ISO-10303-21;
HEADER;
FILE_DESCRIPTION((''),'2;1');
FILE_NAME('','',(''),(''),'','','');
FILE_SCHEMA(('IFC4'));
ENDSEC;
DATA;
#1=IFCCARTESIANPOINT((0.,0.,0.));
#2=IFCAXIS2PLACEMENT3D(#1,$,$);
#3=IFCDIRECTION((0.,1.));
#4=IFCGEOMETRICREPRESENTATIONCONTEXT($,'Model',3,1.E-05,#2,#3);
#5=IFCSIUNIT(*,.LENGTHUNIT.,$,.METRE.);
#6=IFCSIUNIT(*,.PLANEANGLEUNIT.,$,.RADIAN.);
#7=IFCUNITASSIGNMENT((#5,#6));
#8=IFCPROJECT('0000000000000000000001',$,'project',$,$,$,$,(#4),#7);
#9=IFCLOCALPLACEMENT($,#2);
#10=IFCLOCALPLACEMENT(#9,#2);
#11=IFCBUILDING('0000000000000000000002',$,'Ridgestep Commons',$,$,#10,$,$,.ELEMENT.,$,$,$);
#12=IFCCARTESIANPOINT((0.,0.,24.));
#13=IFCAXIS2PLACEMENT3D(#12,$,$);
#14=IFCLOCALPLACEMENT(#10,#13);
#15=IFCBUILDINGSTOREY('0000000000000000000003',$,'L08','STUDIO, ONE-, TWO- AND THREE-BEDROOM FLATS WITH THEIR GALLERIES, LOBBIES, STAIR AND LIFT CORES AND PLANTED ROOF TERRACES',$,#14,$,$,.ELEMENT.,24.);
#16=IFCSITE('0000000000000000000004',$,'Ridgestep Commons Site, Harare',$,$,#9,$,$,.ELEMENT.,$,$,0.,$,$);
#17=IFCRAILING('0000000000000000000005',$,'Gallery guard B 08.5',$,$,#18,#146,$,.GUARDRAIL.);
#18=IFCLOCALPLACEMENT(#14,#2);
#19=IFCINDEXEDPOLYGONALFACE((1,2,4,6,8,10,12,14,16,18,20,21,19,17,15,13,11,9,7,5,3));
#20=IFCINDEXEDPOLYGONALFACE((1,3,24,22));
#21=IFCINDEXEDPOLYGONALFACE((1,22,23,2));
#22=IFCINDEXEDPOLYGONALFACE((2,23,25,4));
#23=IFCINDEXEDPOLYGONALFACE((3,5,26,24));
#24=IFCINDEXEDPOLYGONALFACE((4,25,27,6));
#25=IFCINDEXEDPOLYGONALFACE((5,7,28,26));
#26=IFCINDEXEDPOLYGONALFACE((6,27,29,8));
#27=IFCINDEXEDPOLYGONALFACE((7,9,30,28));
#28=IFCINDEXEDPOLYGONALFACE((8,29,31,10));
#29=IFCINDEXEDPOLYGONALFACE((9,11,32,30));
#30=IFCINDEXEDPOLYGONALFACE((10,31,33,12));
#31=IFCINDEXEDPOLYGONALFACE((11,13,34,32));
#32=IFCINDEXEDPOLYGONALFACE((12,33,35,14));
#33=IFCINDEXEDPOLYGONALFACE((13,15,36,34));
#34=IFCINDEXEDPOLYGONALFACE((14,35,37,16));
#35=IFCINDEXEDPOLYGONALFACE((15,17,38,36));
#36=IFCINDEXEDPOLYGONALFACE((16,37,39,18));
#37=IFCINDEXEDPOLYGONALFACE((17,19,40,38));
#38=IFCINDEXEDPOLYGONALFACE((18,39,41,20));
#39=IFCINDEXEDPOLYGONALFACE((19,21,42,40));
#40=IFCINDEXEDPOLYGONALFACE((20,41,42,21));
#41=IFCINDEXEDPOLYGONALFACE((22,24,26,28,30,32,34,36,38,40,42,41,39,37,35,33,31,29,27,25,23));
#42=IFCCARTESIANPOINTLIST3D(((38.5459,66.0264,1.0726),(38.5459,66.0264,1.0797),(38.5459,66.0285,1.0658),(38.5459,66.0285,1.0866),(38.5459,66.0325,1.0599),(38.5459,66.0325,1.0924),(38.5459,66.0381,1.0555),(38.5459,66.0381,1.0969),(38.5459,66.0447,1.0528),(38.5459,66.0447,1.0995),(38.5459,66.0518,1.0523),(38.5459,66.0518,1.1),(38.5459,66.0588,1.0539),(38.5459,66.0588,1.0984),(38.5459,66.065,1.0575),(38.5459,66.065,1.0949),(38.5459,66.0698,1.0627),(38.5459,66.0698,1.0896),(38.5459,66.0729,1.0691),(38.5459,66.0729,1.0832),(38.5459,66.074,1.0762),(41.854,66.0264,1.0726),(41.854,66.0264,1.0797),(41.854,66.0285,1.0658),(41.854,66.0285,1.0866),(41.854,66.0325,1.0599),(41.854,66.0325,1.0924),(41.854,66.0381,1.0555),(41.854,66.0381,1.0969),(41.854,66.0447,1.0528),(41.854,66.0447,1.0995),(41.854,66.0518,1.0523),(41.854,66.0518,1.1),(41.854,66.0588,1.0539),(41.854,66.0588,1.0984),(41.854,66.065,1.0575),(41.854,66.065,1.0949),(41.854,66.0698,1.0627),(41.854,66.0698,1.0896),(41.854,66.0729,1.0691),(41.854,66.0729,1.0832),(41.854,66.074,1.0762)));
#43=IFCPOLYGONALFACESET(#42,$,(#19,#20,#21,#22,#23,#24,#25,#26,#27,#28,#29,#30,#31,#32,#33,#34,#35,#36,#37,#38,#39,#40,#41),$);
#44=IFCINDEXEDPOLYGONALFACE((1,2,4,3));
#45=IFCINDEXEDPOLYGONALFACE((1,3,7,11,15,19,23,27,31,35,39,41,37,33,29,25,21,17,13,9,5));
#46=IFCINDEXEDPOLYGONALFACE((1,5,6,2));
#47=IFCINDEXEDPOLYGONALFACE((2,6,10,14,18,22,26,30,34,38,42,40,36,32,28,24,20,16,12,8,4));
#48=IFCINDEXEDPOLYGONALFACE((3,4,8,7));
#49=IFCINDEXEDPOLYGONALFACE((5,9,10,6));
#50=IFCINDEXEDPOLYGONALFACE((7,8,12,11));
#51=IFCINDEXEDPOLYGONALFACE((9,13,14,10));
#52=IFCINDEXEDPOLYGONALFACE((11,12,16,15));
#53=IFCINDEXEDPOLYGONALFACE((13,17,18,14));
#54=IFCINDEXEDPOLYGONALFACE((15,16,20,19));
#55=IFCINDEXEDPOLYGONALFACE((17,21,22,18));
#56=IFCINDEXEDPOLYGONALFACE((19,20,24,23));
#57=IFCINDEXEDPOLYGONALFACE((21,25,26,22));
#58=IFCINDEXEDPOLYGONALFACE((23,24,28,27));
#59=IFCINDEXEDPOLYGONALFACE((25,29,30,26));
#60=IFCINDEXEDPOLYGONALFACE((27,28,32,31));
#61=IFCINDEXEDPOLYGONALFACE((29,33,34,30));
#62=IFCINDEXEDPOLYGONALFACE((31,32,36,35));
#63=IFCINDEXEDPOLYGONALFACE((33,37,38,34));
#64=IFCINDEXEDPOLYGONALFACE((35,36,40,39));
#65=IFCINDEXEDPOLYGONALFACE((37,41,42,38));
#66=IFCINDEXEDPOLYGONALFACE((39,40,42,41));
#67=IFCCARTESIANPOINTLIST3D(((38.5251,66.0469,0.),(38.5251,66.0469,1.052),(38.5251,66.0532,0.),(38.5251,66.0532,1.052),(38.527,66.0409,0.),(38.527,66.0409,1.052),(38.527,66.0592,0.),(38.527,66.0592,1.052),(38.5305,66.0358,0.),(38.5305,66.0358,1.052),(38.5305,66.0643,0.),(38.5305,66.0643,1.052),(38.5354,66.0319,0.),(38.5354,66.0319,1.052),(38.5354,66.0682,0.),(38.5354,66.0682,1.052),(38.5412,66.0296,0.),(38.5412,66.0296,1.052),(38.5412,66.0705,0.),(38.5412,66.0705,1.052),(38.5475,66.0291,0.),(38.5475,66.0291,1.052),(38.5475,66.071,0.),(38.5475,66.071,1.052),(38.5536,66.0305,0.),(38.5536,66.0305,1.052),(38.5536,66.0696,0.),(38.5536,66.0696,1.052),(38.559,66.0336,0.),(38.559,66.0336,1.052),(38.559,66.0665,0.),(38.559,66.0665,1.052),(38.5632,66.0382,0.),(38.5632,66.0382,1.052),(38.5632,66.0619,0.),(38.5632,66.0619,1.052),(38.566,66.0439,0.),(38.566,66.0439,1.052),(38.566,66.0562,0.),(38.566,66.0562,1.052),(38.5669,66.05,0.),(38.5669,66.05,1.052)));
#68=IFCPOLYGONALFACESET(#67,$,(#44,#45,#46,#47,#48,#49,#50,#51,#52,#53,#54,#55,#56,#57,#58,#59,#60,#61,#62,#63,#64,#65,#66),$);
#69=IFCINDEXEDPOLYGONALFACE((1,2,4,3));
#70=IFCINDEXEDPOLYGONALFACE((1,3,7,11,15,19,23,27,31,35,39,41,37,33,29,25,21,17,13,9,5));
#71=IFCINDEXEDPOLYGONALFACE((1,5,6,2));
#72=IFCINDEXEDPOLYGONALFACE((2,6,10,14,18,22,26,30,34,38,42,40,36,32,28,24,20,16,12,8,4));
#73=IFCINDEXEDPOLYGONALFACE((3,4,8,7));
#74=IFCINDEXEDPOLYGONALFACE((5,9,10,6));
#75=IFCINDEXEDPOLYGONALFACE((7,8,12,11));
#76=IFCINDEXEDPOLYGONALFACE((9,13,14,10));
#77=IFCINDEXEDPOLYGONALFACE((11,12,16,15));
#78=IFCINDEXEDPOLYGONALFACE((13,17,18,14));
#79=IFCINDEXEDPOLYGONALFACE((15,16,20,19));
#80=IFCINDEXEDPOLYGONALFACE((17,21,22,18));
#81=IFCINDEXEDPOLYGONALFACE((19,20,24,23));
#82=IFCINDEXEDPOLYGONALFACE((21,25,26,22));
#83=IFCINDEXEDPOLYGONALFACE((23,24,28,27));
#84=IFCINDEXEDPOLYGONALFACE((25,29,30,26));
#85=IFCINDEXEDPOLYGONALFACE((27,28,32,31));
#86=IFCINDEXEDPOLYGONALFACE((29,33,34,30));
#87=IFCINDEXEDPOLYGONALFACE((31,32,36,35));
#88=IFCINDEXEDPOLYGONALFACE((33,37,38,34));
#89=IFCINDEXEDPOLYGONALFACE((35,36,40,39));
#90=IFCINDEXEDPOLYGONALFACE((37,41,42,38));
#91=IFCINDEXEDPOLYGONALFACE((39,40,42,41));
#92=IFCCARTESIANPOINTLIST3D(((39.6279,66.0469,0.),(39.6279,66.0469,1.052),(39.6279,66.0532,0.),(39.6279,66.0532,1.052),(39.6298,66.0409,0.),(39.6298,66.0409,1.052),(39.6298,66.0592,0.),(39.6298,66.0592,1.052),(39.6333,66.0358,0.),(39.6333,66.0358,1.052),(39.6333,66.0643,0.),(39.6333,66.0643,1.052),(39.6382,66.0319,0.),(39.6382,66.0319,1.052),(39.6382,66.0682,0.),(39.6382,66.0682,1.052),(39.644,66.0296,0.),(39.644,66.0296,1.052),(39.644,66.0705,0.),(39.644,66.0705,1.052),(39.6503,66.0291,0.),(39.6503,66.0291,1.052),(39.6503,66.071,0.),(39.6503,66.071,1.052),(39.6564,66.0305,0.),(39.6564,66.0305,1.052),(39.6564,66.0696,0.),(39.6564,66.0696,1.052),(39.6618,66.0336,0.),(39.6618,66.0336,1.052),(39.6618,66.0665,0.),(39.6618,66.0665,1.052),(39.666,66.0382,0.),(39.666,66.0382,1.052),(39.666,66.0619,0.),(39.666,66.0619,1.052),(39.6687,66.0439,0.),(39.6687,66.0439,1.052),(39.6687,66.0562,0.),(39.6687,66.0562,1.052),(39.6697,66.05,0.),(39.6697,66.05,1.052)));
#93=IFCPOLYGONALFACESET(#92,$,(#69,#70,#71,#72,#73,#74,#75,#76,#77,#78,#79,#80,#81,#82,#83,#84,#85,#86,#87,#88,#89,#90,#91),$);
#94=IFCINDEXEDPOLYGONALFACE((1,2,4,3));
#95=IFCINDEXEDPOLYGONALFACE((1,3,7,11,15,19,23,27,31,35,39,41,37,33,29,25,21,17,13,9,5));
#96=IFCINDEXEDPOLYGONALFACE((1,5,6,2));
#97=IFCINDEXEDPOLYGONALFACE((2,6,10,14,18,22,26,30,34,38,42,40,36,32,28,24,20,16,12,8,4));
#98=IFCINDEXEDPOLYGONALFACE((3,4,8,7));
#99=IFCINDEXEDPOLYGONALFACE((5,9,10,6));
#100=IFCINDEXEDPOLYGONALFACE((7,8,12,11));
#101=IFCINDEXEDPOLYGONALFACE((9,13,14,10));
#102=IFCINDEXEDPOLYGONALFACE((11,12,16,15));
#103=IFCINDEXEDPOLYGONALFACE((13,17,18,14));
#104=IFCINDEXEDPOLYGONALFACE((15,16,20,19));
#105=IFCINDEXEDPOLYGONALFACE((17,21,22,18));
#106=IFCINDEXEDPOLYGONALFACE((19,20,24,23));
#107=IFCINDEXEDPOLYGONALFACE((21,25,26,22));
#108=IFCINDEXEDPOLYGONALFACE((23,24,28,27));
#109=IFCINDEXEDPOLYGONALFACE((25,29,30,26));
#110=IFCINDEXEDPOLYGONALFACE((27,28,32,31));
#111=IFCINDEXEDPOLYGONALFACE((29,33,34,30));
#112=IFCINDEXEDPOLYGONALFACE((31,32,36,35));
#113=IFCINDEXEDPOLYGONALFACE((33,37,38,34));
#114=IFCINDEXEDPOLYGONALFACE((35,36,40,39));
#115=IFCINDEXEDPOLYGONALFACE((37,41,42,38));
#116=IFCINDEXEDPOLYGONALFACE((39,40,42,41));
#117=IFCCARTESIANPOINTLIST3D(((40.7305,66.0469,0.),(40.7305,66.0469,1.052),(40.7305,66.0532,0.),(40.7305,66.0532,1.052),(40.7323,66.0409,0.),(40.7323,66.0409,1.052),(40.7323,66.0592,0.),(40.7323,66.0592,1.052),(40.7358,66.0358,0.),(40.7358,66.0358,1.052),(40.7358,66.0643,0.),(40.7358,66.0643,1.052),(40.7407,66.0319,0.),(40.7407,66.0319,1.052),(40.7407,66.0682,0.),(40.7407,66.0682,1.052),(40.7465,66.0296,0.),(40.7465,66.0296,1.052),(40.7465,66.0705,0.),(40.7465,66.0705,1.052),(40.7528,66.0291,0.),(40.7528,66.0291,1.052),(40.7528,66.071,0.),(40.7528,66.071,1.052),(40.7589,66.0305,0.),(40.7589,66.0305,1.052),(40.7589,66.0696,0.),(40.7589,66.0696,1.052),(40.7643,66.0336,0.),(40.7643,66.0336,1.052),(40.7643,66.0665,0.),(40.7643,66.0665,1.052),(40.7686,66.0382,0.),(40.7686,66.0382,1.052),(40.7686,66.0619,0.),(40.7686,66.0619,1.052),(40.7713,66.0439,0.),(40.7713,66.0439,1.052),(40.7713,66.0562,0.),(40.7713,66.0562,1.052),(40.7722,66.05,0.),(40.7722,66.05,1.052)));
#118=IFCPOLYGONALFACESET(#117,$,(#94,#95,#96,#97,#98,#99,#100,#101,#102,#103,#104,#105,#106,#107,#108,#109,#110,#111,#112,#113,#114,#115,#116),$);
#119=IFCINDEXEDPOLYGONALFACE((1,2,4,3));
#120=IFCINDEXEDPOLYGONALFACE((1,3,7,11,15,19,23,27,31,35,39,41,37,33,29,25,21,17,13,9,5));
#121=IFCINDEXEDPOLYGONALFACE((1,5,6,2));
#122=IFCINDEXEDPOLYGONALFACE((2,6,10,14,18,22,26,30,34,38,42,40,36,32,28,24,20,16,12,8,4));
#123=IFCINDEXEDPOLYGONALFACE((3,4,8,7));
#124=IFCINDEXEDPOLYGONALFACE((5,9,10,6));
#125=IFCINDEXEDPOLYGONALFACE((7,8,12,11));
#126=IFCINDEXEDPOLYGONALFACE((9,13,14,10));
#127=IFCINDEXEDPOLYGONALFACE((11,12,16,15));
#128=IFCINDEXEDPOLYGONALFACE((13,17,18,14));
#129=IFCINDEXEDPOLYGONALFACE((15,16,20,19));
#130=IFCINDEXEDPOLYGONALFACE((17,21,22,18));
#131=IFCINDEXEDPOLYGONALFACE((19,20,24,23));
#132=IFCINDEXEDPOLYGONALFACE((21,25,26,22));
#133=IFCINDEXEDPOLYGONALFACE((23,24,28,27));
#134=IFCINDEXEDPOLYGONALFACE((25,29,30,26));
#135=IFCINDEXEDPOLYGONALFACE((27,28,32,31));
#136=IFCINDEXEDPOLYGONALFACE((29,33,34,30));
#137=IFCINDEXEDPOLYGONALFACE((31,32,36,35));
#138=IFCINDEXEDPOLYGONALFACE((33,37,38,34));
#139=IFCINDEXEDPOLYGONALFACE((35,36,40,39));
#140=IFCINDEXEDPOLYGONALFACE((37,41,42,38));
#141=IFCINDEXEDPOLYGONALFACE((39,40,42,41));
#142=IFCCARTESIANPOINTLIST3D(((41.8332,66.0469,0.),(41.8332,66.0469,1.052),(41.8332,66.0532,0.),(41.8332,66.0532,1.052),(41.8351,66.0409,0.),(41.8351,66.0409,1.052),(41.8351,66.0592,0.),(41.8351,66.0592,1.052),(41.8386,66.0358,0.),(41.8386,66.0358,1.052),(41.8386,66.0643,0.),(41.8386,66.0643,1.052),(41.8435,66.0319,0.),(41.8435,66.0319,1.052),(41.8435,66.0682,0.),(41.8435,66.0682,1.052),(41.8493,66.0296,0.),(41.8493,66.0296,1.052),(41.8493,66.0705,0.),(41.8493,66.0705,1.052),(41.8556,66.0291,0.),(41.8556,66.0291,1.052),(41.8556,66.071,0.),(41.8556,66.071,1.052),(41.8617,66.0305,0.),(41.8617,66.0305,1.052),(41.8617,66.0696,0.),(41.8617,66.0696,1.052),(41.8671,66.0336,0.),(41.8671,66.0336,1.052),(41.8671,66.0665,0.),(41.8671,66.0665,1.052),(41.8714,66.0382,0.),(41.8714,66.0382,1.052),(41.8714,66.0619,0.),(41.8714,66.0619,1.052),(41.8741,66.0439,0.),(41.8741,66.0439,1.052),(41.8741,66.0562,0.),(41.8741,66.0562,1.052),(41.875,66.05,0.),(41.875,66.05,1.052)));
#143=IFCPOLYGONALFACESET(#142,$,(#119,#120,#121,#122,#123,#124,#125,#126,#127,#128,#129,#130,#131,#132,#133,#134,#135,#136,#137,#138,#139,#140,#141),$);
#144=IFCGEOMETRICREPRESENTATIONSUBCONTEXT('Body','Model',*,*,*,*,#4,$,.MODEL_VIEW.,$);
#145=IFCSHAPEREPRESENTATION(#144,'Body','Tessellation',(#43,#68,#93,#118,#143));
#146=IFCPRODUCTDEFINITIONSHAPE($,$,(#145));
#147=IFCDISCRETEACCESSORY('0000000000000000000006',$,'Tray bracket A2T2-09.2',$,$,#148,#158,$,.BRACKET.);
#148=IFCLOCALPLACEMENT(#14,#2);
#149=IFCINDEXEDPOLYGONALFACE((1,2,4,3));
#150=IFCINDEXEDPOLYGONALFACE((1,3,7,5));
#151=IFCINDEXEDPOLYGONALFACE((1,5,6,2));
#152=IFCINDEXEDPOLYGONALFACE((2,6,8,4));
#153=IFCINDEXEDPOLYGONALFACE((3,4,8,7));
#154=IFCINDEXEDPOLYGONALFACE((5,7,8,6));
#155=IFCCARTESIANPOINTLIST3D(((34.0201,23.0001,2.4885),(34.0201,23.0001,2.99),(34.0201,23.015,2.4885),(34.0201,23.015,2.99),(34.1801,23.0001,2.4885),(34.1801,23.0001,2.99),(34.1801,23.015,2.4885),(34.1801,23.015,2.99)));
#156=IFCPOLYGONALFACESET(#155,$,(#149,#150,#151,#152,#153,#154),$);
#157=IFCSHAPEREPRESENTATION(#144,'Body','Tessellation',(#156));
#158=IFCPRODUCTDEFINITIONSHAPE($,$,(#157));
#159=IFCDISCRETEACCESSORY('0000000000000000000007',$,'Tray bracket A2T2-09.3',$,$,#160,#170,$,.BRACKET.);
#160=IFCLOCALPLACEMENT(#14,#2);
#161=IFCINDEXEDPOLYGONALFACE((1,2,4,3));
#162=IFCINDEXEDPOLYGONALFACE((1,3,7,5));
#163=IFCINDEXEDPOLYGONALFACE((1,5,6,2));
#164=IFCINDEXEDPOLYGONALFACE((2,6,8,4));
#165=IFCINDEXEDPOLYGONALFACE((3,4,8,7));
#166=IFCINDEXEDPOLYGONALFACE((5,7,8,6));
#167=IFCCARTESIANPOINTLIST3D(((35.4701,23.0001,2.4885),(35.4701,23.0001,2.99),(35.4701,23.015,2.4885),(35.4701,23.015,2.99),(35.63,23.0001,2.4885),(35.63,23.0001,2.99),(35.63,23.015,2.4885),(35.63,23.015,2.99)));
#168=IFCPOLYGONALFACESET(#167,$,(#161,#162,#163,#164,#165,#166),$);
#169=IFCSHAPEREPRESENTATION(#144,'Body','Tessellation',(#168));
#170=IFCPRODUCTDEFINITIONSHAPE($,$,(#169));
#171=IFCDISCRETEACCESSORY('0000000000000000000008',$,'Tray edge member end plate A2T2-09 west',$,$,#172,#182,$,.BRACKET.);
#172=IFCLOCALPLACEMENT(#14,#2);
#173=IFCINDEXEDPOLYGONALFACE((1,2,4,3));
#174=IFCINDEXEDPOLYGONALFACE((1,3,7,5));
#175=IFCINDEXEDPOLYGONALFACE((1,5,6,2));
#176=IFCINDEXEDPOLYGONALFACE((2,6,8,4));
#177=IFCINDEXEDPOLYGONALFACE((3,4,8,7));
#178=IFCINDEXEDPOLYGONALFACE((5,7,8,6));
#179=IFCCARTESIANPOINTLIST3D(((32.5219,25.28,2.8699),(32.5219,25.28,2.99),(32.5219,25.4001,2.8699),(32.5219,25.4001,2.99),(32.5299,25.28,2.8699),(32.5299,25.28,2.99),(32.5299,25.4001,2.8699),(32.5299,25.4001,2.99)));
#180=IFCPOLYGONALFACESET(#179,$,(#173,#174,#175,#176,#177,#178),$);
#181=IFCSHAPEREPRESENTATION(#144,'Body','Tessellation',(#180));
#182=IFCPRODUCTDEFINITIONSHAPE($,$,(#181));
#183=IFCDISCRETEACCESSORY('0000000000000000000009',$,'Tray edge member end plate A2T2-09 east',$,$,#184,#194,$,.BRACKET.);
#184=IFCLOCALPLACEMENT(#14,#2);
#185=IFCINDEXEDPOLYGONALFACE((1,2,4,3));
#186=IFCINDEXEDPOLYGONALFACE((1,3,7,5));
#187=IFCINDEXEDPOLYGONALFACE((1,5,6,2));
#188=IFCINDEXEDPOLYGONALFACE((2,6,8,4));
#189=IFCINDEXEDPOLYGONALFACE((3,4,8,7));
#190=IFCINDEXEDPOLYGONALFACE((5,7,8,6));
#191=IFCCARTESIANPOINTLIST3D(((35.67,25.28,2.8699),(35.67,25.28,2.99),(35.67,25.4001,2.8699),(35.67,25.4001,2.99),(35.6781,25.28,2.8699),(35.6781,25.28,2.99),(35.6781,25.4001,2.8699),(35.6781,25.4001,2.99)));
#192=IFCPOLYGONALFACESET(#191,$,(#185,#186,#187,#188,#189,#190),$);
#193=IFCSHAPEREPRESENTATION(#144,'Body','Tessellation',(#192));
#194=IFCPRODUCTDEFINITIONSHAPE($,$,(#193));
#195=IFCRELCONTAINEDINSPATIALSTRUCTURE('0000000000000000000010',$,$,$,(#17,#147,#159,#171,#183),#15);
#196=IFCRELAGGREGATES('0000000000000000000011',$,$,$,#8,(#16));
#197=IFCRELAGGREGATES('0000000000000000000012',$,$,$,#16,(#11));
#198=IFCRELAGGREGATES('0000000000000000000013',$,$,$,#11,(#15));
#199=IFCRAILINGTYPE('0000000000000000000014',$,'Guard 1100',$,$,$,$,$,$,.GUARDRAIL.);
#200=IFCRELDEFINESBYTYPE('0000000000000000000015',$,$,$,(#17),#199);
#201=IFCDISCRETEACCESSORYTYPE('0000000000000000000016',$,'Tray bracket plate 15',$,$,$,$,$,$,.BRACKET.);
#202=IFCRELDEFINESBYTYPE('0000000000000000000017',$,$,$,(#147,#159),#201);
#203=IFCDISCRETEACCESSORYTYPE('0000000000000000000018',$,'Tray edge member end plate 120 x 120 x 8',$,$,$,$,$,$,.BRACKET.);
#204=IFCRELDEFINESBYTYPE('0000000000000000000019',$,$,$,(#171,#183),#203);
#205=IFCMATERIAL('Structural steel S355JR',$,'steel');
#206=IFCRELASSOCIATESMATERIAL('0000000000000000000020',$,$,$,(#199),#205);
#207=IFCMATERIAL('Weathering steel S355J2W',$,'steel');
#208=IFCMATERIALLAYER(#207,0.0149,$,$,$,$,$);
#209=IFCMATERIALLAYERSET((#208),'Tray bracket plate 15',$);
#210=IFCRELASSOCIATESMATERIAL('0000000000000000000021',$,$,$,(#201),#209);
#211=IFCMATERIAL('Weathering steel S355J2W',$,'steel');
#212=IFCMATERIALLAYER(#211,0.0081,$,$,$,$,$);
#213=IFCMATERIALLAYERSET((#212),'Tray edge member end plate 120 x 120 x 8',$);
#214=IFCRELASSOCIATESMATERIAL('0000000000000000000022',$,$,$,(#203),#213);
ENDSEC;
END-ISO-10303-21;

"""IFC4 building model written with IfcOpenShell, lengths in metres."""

from ifc_helpers import new_model, si_unit, direction, frame, origin, origin_2d, place, context, subcontext, project, spatial, rectangle, circle, extrude, material, layer, layer_set, type_object, element, save


model = new_model("IFC4")

# Units and contexts
model_context = context("Model", 3, precision=1e-05, world=origin(), true_north=direction((0.0, 1.0)))
body_context = subcontext(model_context, "Body", "Model", "MODEL_VIEW")
ifc_project = project(units=[si_unit("LENGTHUNIT", "METRE"), si_unit("PLANEANGLEUNIT", "RADIAN")], contexts=[model_context])

# Site, building, storey
site_placement = place(None, origin())
site = spatial("IfcSite", under=ifc_project, at=site_placement, Name="Ridgestep Commons Site, Harare", CompositionType="ELEMENT", RefElevation=0.0)
building_placement = place(site_placement, origin())
building = spatial("IfcBuilding", under=site, at=building_placement, Name="Ridgestep Commons", CompositionType="ELEMENT")
storey_placement = place(building_placement, frame((0.0, 0.0, 24.0)))
storey = spatial("IfcBuildingStorey", under=building, at=storey_placement, Name="L08", Description="STUDIO, ONE-, TWO- AND THREE-BEDROOM FLATS WITH THEIR GALLERIES, LOBBIES, STAIR AND LIFT CORES AND PLANTED ROOF TERRACES", CompositionType="ELEMENT", Elevation=24.0)

# Railing
ifc_material_1 = material(Name="Structural steel S355JR", Category="steel")
railing_type_1 = type_object("IfcRailingType", Name="Guard 1100", PredefinedType="GUARDRAIL", material=ifc_material_1)
railing_1_placement = place(storey_placement, frame((38.5459, 66.05, 0.0)))
element("IfcRailing", 1, at=railing_1_placement, inside=storey, type_object=railing_type_1, Name="Gallery guard B 08.5", PredefinedType="GUARDRAIL", context=body_context, shape_type="SweptSolid", body=[
    extrude(circle(Radius=0.0239, at=origin_2d()), frame((0.0, 0.0, 1.0762), z_axis=(1.0, 0.0, 0.0), x_axis=(0.0, 1.0, 0.0)), (0.0, 0.0, 1.0), 3.3081),
    extrude(circle(Radius=0.021, at=origin_2d()), origin(), (0.0, 0.0, 1.0), 1.052),
    extrude(circle(Radius=0.021, at=origin_2d()), frame((1.1028, 0.0, 0.0)), (0.0, 0.0, 1.0), 1.052),
    extrude(circle(Radius=0.021, at=origin_2d()), frame((2.2053, 0.0, 0.0)), (0.0, 0.0, 1.0), 1.052),
    extrude(circle(Radius=0.021, at=origin_2d()), frame((3.3081, 0.0, 0.0)), (0.0, 0.0, 1.0), 1.052),
])

# Discrete accessories
ifc_material_2 = material(Name="Weathering steel S355J2W", Category="steel")
ifc_layer_1 = layer(ifc_material_2, 0.0149)
ifc_layer_set_1 = layer_set([ifc_layer_1], Name="Tray bracket plate 15")
discrete_accessory_type_1 = type_object("IfcDiscreteAccessoryType", Name="Tray bracket plate 15", PredefinedType="BRACKET", material=ifc_layer_set_1)
for number, where, z_axis, x_axis, name in (
    (2, (34.1001, 23.0076, 2.4885), (0.0, 0.0, 1.0), (1.0, 0.0, 0.0), "Tray bracket A2T2-09.2"),
    (3, (35.55, 23.0076, 2.4885), (0.0, 0.0, 1.0), (1.0, 0.0, 0.0), "Tray bracket A2T2-09.3"),
):
    element("IfcDiscreteAccessory", number, at=place(storey_placement, frame(where, z_axis=z_axis, x_axis=x_axis)), inside=storey, type_object=discrete_accessory_type_1, Name=name, PredefinedType="BRACKET", context=body_context, shape_type="SweptSolid", body=[
        extrude(rectangle(XDim=0.1599, YDim=0.0149, at=origin_2d()), origin(), (0.0, 0.0, 1.0), 0.5015),
    ])
ifc_material_3 = material(Name="Weathering steel S355J2W", Category="steel")
ifc_layer_2 = layer(ifc_material_3, 0.0081)
ifc_layer_set_2 = layer_set([ifc_layer_2], Name="Tray edge member end plate 120 x 120 x 8")
discrete_accessory_type_2 = type_object("IfcDiscreteAccessoryType", Name="Tray edge member end plate 120 x 120 x 8", PredefinedType="BRACKET", material=ifc_layer_set_2)
for number, where, z_axis, x_axis, name in (
    (4, (32.5259, 25.3401, 2.8699), (0.0, 0.0, 1.0), (1.0, 0.0, 0.0), "Tray edge member end plate A2T2-09 west"),
    (5, (35.6741, 25.3401, 2.8699), (0.0, 0.0, 1.0), (1.0, 0.0, 0.0), "Tray edge member end plate A2T2-09 east"),
):
    element("IfcDiscreteAccessory", number, at=place(storey_placement, frame(where, z_axis=z_axis, x_axis=x_axis)), inside=storey, type_object=discrete_accessory_type_2, Name=name, PredefinedType="BRACKET", context=body_context, shape_type="SweptSolid", body=[
        extrude(rectangle(XDim=0.0081, YDim=0.1201, at=origin_2d()), origin(), (0.0, 0.0, 1.0), 0.1201),
    ])

save(model, "model.ifc")
